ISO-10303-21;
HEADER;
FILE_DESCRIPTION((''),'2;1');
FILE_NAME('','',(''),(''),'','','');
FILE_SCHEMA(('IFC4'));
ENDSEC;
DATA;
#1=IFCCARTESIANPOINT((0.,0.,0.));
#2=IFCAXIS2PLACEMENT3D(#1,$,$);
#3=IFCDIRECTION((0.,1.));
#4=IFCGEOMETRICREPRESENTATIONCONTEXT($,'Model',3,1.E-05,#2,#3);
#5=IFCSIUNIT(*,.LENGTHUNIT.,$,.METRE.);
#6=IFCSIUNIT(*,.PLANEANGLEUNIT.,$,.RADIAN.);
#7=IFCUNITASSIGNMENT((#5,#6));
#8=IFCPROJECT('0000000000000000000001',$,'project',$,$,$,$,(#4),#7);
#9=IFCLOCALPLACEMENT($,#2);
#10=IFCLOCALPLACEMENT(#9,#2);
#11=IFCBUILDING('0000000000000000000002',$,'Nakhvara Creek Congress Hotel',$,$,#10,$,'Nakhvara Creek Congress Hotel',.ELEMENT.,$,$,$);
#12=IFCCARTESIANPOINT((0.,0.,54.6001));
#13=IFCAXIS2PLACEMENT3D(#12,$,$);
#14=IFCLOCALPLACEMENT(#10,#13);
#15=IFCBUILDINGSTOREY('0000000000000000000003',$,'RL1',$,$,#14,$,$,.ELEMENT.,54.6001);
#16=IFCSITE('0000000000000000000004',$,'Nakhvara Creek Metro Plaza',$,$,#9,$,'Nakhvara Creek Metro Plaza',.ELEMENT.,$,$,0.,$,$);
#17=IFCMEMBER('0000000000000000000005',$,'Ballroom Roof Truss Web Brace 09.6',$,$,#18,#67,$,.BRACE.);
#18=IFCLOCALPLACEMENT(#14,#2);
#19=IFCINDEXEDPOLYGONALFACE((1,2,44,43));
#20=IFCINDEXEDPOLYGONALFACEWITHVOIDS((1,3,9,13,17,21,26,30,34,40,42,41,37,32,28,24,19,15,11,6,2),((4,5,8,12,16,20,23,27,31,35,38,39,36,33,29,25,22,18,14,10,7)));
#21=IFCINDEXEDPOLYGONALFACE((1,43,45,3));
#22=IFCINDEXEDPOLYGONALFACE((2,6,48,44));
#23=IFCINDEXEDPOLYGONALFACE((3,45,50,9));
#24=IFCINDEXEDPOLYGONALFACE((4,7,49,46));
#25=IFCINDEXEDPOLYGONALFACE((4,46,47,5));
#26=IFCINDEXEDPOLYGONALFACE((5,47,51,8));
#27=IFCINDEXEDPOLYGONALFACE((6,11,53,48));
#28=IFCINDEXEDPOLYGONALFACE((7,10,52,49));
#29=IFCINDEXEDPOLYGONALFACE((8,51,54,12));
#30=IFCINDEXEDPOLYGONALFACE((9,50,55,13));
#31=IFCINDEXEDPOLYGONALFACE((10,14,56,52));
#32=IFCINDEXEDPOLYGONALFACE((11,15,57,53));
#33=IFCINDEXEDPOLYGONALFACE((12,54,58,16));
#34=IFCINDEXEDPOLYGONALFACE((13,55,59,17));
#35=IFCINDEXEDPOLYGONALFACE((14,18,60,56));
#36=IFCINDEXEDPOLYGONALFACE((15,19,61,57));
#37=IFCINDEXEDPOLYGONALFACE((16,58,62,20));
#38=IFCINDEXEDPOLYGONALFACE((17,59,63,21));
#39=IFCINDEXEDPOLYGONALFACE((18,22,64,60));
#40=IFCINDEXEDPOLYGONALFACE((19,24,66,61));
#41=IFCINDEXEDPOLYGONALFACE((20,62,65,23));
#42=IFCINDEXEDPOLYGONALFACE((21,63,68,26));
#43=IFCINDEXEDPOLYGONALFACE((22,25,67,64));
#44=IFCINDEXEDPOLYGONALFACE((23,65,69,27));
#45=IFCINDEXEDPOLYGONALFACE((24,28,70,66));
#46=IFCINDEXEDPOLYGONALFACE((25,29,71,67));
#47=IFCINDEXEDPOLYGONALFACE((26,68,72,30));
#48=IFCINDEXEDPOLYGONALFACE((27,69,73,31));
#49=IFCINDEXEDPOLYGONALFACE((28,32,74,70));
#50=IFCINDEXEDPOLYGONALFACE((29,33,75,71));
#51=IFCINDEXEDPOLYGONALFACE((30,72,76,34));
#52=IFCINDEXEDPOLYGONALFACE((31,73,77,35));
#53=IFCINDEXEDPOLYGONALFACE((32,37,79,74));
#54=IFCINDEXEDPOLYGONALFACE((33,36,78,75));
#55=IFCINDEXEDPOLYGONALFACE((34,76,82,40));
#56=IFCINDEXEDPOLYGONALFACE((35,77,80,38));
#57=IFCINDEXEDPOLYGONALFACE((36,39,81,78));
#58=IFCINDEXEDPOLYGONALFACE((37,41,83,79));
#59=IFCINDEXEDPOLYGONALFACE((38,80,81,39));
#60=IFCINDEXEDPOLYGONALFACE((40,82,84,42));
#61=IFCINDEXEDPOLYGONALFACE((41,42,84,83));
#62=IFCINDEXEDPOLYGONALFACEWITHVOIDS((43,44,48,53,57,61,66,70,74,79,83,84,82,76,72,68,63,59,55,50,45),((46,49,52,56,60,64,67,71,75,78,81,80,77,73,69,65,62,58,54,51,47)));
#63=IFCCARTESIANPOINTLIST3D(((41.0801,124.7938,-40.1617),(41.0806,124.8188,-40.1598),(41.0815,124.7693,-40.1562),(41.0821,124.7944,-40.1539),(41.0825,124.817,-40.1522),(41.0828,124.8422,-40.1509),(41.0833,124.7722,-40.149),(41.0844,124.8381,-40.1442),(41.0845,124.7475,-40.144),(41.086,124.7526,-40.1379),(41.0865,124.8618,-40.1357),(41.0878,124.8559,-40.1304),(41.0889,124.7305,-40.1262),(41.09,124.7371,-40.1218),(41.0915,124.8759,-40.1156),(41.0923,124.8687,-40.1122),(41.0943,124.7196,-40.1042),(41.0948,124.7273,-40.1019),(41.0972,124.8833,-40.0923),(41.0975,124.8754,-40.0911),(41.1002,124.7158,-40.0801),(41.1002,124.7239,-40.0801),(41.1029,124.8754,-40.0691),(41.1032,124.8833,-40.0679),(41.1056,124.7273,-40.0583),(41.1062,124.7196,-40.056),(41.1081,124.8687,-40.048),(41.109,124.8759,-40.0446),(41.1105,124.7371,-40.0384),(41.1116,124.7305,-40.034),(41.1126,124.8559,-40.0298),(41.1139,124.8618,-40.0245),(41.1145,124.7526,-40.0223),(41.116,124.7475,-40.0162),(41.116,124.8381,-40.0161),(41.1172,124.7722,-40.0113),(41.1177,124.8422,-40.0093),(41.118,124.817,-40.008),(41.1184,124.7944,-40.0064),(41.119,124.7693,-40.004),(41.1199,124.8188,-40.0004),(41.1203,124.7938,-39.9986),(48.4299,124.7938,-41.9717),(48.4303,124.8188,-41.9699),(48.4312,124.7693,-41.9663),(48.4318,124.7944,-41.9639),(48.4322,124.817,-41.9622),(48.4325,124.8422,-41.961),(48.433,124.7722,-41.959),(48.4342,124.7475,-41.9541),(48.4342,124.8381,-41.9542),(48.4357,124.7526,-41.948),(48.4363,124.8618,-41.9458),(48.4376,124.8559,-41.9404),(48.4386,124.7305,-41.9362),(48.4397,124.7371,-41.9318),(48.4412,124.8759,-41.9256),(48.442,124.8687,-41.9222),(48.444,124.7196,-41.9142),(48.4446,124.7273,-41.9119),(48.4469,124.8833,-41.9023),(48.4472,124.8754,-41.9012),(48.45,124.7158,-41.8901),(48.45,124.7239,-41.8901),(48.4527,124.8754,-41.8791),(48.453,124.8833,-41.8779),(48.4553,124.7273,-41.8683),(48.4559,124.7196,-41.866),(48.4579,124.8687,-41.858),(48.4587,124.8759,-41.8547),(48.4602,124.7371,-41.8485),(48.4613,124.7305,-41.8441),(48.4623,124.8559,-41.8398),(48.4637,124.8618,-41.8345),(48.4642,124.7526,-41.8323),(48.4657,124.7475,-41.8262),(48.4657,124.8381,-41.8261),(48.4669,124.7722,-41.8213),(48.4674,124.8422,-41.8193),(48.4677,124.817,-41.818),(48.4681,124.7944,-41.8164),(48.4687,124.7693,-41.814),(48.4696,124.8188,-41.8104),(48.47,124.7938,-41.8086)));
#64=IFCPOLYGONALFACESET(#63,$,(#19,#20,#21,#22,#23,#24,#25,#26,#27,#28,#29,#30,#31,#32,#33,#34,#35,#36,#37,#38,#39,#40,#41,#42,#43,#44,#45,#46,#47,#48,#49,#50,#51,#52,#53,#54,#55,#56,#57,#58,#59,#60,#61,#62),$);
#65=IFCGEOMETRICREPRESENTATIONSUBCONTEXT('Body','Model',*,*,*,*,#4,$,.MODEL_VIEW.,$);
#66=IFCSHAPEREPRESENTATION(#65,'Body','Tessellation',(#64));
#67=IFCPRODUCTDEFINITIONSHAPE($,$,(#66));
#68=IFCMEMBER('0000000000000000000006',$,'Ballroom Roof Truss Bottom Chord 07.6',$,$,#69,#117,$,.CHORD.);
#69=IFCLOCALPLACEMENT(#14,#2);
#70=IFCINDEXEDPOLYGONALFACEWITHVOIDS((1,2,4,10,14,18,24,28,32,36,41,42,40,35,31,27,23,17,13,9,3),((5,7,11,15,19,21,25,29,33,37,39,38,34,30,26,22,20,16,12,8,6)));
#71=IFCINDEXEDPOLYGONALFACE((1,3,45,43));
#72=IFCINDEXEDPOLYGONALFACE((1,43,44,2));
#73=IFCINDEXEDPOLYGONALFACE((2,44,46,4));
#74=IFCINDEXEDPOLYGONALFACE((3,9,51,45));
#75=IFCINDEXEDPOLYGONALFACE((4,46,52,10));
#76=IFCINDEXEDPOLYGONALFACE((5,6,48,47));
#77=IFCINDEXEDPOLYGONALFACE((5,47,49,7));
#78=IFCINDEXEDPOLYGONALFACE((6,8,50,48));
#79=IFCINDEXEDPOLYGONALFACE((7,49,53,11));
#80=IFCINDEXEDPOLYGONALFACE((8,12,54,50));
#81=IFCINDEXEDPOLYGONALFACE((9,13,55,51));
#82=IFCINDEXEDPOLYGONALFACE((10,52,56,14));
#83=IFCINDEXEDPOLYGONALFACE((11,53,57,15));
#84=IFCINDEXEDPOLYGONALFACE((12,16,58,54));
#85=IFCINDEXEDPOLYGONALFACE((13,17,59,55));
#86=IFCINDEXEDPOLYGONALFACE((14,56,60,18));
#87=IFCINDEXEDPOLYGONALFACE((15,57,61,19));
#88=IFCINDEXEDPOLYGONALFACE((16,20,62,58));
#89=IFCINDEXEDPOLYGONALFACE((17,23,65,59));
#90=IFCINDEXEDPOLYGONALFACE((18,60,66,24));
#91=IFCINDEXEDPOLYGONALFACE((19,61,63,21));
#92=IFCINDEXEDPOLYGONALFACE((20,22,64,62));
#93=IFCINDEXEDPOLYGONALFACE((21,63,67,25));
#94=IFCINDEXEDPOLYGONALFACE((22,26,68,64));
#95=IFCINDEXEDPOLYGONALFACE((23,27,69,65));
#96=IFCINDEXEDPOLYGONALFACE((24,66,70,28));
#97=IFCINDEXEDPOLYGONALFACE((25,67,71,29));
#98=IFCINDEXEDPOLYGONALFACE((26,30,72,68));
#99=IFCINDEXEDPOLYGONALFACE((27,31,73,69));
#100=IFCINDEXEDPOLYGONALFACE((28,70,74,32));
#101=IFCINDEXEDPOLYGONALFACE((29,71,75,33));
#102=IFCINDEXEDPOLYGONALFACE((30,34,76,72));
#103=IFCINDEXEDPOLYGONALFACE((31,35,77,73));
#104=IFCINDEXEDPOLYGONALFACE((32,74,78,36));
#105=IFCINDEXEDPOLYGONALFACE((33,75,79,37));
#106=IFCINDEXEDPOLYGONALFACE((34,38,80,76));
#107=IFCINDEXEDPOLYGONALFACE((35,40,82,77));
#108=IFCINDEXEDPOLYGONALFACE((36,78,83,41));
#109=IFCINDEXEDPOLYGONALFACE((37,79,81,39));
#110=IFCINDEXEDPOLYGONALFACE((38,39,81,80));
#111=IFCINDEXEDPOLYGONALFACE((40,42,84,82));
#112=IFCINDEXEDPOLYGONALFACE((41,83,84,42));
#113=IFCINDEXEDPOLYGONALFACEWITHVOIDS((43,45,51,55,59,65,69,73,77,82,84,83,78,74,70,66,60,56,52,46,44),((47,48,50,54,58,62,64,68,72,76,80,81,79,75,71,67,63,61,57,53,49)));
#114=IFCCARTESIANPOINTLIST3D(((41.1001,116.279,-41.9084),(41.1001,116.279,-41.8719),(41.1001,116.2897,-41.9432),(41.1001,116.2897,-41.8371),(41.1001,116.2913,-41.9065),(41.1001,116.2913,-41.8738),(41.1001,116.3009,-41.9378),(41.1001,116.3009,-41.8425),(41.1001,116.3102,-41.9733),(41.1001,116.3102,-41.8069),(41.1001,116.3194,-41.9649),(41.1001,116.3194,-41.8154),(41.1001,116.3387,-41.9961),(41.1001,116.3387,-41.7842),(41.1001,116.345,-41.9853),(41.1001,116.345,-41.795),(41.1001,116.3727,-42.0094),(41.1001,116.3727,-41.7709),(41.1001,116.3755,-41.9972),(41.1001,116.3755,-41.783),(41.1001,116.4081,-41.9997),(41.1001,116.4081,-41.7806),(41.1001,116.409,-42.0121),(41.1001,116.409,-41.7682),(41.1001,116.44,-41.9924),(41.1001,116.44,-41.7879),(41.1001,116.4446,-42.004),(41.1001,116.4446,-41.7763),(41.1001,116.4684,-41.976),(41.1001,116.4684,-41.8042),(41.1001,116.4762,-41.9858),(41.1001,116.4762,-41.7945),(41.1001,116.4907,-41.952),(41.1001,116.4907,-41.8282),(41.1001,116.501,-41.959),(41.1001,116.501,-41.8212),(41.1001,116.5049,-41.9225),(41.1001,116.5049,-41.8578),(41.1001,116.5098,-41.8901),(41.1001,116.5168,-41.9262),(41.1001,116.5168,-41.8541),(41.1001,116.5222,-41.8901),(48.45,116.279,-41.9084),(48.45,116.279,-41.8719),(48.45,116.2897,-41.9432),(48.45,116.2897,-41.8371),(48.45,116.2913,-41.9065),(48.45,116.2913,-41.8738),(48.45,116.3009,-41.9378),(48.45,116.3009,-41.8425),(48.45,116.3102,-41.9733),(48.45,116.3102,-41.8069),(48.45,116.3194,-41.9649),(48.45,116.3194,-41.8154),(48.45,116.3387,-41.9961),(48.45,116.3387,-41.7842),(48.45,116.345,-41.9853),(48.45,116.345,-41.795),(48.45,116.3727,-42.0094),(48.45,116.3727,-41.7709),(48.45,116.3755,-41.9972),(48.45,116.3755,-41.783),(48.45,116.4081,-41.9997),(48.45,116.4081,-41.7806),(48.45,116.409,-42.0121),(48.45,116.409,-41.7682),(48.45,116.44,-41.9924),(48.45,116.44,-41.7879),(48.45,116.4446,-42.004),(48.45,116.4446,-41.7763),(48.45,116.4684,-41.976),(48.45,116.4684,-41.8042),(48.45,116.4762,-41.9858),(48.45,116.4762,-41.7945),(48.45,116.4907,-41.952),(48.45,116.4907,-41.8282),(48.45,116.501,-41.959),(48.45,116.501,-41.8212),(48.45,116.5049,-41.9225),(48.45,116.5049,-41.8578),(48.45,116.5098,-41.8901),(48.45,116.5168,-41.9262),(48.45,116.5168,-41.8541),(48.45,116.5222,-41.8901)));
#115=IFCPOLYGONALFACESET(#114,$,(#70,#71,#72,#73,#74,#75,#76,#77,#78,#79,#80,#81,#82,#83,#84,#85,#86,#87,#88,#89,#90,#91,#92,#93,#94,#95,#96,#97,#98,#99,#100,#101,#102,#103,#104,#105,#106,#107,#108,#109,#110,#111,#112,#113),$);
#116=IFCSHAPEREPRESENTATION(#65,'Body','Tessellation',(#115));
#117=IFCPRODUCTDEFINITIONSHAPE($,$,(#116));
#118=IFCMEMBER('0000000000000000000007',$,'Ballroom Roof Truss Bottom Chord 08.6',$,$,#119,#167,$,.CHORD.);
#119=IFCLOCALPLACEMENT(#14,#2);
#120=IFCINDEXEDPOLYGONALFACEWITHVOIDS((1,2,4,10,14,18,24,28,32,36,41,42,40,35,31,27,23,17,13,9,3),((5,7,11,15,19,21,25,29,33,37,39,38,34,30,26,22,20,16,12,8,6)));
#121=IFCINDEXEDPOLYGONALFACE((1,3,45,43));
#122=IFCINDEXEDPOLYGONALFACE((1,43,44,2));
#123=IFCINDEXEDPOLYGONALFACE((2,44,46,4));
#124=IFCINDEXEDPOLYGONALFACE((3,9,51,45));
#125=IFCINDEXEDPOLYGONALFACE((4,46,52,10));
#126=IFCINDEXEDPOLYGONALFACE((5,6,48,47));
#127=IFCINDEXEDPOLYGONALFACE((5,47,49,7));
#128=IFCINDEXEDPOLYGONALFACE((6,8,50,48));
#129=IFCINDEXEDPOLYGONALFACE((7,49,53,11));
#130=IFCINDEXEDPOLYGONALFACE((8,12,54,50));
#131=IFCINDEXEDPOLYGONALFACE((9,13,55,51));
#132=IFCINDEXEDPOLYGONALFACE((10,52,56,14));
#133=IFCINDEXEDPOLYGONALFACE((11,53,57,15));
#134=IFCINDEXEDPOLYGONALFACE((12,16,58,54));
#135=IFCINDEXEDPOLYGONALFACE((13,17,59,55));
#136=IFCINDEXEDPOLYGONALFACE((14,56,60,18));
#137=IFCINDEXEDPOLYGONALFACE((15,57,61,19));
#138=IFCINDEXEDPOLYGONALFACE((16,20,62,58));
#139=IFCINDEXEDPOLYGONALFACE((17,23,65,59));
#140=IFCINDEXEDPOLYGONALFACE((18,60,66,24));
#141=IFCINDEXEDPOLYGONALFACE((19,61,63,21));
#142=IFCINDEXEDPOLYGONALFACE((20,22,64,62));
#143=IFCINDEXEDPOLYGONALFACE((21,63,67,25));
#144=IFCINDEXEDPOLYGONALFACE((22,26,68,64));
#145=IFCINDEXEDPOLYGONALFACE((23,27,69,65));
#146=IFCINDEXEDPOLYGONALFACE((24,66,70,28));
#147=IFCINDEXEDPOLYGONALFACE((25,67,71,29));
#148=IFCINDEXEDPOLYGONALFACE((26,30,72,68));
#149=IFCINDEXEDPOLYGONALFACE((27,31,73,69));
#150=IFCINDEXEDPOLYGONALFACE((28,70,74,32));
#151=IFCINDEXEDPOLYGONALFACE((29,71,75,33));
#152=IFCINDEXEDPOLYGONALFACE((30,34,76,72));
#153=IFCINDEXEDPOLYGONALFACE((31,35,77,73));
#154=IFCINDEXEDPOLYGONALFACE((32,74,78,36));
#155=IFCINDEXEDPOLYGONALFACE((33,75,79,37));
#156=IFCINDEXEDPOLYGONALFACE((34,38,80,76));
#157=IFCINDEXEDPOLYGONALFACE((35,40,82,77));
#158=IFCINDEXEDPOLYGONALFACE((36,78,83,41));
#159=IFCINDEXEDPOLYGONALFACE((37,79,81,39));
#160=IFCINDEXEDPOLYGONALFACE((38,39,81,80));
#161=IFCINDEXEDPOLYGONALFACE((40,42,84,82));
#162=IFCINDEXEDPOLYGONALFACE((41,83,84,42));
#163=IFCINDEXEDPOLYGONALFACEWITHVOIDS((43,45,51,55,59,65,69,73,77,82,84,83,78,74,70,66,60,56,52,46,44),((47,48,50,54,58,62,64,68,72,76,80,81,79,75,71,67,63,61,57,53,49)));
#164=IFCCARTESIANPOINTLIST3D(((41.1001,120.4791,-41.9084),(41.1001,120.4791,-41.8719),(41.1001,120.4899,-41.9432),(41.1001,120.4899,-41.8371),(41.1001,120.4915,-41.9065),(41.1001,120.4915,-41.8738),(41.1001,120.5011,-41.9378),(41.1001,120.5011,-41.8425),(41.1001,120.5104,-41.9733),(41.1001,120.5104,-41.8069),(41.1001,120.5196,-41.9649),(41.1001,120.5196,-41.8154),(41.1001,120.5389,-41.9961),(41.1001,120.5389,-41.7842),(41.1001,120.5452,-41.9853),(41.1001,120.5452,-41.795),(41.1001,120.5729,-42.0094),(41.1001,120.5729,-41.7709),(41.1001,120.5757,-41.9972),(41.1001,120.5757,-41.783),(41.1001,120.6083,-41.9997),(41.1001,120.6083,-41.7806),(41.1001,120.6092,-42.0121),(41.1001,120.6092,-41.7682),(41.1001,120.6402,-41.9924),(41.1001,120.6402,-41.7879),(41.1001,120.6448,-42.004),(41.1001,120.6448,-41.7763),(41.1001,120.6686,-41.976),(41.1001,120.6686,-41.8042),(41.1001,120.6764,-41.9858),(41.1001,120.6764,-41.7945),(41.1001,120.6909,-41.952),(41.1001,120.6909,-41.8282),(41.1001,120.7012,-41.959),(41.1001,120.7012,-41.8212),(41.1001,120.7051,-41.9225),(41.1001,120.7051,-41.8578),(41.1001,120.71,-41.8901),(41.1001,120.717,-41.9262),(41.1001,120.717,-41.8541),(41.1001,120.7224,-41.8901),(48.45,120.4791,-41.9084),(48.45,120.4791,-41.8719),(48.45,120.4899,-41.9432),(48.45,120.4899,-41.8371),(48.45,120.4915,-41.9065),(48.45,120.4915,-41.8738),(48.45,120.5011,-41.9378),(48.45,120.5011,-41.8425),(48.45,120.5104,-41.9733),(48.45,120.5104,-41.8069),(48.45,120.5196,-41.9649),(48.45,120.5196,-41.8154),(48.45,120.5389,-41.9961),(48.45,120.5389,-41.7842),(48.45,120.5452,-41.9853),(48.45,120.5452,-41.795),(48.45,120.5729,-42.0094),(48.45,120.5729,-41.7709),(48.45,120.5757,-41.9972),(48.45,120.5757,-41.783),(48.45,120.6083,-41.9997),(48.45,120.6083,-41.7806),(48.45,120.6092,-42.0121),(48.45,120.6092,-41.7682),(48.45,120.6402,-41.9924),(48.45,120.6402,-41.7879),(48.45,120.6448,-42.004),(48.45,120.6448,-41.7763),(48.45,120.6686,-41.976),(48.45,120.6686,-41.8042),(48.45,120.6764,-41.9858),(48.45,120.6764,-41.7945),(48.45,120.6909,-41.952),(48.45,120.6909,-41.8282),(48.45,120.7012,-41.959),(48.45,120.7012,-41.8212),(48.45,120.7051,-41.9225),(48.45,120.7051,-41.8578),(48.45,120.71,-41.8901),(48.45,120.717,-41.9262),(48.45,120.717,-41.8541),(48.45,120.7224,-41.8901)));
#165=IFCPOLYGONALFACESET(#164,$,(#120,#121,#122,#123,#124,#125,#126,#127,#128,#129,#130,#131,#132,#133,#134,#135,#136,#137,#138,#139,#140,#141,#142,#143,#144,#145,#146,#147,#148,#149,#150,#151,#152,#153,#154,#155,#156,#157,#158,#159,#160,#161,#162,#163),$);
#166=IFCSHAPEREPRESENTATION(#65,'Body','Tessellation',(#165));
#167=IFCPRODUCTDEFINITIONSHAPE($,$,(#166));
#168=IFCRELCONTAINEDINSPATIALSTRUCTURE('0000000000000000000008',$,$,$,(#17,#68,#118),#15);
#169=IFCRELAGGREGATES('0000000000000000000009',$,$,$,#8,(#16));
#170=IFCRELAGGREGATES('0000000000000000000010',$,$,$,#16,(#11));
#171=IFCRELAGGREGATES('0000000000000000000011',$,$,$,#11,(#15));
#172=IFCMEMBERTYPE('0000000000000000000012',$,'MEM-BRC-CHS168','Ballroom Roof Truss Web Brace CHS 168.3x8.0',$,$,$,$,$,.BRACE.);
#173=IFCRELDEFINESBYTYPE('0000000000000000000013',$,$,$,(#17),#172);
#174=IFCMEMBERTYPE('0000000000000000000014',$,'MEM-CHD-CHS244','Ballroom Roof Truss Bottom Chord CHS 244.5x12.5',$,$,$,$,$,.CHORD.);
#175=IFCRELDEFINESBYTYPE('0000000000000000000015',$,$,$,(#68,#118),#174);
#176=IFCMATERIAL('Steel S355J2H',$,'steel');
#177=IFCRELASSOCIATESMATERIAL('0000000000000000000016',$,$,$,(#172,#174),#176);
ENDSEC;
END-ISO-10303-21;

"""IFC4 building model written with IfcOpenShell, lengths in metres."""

from ifc_helpers import new_model, si_unit, direction, frame, origin, origin_2d, place, context, subcontext, project, spatial, hollow_circle, extrude, material, material_profile, profile_set, type_object, element, save


model = new_model("IFC4")

# Units and contexts
model_context = context("Model", 3, precision=1e-05, world=origin(), true_north=direction((0.0, 1.0)))
body_context = subcontext(model_context, "Body", "Model", "MODEL_VIEW")
ifc_project = project(units=[si_unit("LENGTHUNIT", "METRE"), si_unit("PLANEANGLEUNIT", "RADIAN")], contexts=[model_context])

# Site, building, storey
site_placement = place(None, origin())
site = spatial("IfcSite", under=ifc_project, at=site_placement, Name="Nakhvara Creek Metro Plaza", LongName="Nakhvara Creek Metro Plaza", CompositionType="ELEMENT", RefElevation=0.0)
building_placement = place(site_placement, origin())
building = spatial("IfcBuilding", under=site, at=building_placement, Name="Nakhvara Creek Congress Hotel", LongName="Nakhvara Creek Congress Hotel", CompositionType="ELEMENT")
storey_placement = place(building_placement, frame((0.0, 0.0, 54.6001)))
storey = spatial("IfcBuildingStorey", under=building, at=storey_placement, Name="RL1", CompositionType="ELEMENT", Elevation=54.6001)

# Members
ifc_material_1 = material(Name="Steel S355J2H", Category="steel")
ifc_material_profile_1 = material_profile(ifc_material_1, hollow_circle(Radius=0.0842, WallThickness=0.0081, at=origin_2d()), Name="CHS 168.3x8.0", Category="LoadBearing")
ifc_profile_set_1 = profile_set([ifc_material_profile_1], Name="Steel S355J2H")
member_type_1 = type_object("IfcMemberType", Name="MEM-BRC-CHS168", Description="Ballroom Roof Truss Web Brace CHS 168.3x8.0", PredefinedType="BRACE", material=ifc_profile_set_1)
member_1_placement = place(storey_placement, frame((48.45, 124.8, -41.8901), z_axis=(-0.970988, 0.0, 0.239127), x_axis=(0.0, -1.0, 0.0)))
element("IfcMember", 1, at=member_1_placement, inside=storey, type_object=member_type_1, Name="Ballroom Roof Truss Web Brace 09.6", PredefinedType="BRACE", context=body_context, shape_type="SweptSolid", body=[
    extrude(hollow_circle(Radius=0.0842, WallThickness=0.0081, at=origin_2d()), origin(), (0.0, 0.0, 1.0), 7.5693),
])
ifc_material_profile_2 = material_profile(ifc_material_1, hollow_circle(Radius=0.1223, WallThickness=0.0125, at=origin_2d()), Name="CHS 244.5x12.5", Category="LoadBearing")
ifc_profile_set_2 = profile_set([ifc_material_profile_2], Name="Steel S355J2H")
member_type_2 = type_object("IfcMemberType", Name="MEM-CHD-CHS244", Description="Ballroom Roof Truss Bottom Chord CHS 244.5x12.5", PredefinedType="CHORD", material=ifc_profile_set_2)
for number, where, z_axis, x_axis, name in (
    (2, (41.1001, 116.3999, -41.8901), (1.0, 0.0, 0.0), (0.0, 1.0, 0.0), "Ballroom Roof Truss Bottom Chord 07.6"),
    (3, (41.1001, 120.6001, -41.8901), (1.0, 0.0, 0.0), (0.0, 1.0, 0.0), "Ballroom Roof Truss Bottom Chord 08.6"),
):
    element("IfcMember", number, at=place(storey_placement, frame(where, z_axis=z_axis, x_axis=x_axis)), inside=storey, type_object=member_type_2, Name=name, PredefinedType="CHORD", context=body_context, shape_type="SweptSolid", body=[
        extrude(hollow_circle(Radius=0.1223, WallThickness=0.0125, at=origin_2d()), origin(), (0.0, 0.0, 1.0), 7.3499),
    ])

save(model, "model.ifc")
